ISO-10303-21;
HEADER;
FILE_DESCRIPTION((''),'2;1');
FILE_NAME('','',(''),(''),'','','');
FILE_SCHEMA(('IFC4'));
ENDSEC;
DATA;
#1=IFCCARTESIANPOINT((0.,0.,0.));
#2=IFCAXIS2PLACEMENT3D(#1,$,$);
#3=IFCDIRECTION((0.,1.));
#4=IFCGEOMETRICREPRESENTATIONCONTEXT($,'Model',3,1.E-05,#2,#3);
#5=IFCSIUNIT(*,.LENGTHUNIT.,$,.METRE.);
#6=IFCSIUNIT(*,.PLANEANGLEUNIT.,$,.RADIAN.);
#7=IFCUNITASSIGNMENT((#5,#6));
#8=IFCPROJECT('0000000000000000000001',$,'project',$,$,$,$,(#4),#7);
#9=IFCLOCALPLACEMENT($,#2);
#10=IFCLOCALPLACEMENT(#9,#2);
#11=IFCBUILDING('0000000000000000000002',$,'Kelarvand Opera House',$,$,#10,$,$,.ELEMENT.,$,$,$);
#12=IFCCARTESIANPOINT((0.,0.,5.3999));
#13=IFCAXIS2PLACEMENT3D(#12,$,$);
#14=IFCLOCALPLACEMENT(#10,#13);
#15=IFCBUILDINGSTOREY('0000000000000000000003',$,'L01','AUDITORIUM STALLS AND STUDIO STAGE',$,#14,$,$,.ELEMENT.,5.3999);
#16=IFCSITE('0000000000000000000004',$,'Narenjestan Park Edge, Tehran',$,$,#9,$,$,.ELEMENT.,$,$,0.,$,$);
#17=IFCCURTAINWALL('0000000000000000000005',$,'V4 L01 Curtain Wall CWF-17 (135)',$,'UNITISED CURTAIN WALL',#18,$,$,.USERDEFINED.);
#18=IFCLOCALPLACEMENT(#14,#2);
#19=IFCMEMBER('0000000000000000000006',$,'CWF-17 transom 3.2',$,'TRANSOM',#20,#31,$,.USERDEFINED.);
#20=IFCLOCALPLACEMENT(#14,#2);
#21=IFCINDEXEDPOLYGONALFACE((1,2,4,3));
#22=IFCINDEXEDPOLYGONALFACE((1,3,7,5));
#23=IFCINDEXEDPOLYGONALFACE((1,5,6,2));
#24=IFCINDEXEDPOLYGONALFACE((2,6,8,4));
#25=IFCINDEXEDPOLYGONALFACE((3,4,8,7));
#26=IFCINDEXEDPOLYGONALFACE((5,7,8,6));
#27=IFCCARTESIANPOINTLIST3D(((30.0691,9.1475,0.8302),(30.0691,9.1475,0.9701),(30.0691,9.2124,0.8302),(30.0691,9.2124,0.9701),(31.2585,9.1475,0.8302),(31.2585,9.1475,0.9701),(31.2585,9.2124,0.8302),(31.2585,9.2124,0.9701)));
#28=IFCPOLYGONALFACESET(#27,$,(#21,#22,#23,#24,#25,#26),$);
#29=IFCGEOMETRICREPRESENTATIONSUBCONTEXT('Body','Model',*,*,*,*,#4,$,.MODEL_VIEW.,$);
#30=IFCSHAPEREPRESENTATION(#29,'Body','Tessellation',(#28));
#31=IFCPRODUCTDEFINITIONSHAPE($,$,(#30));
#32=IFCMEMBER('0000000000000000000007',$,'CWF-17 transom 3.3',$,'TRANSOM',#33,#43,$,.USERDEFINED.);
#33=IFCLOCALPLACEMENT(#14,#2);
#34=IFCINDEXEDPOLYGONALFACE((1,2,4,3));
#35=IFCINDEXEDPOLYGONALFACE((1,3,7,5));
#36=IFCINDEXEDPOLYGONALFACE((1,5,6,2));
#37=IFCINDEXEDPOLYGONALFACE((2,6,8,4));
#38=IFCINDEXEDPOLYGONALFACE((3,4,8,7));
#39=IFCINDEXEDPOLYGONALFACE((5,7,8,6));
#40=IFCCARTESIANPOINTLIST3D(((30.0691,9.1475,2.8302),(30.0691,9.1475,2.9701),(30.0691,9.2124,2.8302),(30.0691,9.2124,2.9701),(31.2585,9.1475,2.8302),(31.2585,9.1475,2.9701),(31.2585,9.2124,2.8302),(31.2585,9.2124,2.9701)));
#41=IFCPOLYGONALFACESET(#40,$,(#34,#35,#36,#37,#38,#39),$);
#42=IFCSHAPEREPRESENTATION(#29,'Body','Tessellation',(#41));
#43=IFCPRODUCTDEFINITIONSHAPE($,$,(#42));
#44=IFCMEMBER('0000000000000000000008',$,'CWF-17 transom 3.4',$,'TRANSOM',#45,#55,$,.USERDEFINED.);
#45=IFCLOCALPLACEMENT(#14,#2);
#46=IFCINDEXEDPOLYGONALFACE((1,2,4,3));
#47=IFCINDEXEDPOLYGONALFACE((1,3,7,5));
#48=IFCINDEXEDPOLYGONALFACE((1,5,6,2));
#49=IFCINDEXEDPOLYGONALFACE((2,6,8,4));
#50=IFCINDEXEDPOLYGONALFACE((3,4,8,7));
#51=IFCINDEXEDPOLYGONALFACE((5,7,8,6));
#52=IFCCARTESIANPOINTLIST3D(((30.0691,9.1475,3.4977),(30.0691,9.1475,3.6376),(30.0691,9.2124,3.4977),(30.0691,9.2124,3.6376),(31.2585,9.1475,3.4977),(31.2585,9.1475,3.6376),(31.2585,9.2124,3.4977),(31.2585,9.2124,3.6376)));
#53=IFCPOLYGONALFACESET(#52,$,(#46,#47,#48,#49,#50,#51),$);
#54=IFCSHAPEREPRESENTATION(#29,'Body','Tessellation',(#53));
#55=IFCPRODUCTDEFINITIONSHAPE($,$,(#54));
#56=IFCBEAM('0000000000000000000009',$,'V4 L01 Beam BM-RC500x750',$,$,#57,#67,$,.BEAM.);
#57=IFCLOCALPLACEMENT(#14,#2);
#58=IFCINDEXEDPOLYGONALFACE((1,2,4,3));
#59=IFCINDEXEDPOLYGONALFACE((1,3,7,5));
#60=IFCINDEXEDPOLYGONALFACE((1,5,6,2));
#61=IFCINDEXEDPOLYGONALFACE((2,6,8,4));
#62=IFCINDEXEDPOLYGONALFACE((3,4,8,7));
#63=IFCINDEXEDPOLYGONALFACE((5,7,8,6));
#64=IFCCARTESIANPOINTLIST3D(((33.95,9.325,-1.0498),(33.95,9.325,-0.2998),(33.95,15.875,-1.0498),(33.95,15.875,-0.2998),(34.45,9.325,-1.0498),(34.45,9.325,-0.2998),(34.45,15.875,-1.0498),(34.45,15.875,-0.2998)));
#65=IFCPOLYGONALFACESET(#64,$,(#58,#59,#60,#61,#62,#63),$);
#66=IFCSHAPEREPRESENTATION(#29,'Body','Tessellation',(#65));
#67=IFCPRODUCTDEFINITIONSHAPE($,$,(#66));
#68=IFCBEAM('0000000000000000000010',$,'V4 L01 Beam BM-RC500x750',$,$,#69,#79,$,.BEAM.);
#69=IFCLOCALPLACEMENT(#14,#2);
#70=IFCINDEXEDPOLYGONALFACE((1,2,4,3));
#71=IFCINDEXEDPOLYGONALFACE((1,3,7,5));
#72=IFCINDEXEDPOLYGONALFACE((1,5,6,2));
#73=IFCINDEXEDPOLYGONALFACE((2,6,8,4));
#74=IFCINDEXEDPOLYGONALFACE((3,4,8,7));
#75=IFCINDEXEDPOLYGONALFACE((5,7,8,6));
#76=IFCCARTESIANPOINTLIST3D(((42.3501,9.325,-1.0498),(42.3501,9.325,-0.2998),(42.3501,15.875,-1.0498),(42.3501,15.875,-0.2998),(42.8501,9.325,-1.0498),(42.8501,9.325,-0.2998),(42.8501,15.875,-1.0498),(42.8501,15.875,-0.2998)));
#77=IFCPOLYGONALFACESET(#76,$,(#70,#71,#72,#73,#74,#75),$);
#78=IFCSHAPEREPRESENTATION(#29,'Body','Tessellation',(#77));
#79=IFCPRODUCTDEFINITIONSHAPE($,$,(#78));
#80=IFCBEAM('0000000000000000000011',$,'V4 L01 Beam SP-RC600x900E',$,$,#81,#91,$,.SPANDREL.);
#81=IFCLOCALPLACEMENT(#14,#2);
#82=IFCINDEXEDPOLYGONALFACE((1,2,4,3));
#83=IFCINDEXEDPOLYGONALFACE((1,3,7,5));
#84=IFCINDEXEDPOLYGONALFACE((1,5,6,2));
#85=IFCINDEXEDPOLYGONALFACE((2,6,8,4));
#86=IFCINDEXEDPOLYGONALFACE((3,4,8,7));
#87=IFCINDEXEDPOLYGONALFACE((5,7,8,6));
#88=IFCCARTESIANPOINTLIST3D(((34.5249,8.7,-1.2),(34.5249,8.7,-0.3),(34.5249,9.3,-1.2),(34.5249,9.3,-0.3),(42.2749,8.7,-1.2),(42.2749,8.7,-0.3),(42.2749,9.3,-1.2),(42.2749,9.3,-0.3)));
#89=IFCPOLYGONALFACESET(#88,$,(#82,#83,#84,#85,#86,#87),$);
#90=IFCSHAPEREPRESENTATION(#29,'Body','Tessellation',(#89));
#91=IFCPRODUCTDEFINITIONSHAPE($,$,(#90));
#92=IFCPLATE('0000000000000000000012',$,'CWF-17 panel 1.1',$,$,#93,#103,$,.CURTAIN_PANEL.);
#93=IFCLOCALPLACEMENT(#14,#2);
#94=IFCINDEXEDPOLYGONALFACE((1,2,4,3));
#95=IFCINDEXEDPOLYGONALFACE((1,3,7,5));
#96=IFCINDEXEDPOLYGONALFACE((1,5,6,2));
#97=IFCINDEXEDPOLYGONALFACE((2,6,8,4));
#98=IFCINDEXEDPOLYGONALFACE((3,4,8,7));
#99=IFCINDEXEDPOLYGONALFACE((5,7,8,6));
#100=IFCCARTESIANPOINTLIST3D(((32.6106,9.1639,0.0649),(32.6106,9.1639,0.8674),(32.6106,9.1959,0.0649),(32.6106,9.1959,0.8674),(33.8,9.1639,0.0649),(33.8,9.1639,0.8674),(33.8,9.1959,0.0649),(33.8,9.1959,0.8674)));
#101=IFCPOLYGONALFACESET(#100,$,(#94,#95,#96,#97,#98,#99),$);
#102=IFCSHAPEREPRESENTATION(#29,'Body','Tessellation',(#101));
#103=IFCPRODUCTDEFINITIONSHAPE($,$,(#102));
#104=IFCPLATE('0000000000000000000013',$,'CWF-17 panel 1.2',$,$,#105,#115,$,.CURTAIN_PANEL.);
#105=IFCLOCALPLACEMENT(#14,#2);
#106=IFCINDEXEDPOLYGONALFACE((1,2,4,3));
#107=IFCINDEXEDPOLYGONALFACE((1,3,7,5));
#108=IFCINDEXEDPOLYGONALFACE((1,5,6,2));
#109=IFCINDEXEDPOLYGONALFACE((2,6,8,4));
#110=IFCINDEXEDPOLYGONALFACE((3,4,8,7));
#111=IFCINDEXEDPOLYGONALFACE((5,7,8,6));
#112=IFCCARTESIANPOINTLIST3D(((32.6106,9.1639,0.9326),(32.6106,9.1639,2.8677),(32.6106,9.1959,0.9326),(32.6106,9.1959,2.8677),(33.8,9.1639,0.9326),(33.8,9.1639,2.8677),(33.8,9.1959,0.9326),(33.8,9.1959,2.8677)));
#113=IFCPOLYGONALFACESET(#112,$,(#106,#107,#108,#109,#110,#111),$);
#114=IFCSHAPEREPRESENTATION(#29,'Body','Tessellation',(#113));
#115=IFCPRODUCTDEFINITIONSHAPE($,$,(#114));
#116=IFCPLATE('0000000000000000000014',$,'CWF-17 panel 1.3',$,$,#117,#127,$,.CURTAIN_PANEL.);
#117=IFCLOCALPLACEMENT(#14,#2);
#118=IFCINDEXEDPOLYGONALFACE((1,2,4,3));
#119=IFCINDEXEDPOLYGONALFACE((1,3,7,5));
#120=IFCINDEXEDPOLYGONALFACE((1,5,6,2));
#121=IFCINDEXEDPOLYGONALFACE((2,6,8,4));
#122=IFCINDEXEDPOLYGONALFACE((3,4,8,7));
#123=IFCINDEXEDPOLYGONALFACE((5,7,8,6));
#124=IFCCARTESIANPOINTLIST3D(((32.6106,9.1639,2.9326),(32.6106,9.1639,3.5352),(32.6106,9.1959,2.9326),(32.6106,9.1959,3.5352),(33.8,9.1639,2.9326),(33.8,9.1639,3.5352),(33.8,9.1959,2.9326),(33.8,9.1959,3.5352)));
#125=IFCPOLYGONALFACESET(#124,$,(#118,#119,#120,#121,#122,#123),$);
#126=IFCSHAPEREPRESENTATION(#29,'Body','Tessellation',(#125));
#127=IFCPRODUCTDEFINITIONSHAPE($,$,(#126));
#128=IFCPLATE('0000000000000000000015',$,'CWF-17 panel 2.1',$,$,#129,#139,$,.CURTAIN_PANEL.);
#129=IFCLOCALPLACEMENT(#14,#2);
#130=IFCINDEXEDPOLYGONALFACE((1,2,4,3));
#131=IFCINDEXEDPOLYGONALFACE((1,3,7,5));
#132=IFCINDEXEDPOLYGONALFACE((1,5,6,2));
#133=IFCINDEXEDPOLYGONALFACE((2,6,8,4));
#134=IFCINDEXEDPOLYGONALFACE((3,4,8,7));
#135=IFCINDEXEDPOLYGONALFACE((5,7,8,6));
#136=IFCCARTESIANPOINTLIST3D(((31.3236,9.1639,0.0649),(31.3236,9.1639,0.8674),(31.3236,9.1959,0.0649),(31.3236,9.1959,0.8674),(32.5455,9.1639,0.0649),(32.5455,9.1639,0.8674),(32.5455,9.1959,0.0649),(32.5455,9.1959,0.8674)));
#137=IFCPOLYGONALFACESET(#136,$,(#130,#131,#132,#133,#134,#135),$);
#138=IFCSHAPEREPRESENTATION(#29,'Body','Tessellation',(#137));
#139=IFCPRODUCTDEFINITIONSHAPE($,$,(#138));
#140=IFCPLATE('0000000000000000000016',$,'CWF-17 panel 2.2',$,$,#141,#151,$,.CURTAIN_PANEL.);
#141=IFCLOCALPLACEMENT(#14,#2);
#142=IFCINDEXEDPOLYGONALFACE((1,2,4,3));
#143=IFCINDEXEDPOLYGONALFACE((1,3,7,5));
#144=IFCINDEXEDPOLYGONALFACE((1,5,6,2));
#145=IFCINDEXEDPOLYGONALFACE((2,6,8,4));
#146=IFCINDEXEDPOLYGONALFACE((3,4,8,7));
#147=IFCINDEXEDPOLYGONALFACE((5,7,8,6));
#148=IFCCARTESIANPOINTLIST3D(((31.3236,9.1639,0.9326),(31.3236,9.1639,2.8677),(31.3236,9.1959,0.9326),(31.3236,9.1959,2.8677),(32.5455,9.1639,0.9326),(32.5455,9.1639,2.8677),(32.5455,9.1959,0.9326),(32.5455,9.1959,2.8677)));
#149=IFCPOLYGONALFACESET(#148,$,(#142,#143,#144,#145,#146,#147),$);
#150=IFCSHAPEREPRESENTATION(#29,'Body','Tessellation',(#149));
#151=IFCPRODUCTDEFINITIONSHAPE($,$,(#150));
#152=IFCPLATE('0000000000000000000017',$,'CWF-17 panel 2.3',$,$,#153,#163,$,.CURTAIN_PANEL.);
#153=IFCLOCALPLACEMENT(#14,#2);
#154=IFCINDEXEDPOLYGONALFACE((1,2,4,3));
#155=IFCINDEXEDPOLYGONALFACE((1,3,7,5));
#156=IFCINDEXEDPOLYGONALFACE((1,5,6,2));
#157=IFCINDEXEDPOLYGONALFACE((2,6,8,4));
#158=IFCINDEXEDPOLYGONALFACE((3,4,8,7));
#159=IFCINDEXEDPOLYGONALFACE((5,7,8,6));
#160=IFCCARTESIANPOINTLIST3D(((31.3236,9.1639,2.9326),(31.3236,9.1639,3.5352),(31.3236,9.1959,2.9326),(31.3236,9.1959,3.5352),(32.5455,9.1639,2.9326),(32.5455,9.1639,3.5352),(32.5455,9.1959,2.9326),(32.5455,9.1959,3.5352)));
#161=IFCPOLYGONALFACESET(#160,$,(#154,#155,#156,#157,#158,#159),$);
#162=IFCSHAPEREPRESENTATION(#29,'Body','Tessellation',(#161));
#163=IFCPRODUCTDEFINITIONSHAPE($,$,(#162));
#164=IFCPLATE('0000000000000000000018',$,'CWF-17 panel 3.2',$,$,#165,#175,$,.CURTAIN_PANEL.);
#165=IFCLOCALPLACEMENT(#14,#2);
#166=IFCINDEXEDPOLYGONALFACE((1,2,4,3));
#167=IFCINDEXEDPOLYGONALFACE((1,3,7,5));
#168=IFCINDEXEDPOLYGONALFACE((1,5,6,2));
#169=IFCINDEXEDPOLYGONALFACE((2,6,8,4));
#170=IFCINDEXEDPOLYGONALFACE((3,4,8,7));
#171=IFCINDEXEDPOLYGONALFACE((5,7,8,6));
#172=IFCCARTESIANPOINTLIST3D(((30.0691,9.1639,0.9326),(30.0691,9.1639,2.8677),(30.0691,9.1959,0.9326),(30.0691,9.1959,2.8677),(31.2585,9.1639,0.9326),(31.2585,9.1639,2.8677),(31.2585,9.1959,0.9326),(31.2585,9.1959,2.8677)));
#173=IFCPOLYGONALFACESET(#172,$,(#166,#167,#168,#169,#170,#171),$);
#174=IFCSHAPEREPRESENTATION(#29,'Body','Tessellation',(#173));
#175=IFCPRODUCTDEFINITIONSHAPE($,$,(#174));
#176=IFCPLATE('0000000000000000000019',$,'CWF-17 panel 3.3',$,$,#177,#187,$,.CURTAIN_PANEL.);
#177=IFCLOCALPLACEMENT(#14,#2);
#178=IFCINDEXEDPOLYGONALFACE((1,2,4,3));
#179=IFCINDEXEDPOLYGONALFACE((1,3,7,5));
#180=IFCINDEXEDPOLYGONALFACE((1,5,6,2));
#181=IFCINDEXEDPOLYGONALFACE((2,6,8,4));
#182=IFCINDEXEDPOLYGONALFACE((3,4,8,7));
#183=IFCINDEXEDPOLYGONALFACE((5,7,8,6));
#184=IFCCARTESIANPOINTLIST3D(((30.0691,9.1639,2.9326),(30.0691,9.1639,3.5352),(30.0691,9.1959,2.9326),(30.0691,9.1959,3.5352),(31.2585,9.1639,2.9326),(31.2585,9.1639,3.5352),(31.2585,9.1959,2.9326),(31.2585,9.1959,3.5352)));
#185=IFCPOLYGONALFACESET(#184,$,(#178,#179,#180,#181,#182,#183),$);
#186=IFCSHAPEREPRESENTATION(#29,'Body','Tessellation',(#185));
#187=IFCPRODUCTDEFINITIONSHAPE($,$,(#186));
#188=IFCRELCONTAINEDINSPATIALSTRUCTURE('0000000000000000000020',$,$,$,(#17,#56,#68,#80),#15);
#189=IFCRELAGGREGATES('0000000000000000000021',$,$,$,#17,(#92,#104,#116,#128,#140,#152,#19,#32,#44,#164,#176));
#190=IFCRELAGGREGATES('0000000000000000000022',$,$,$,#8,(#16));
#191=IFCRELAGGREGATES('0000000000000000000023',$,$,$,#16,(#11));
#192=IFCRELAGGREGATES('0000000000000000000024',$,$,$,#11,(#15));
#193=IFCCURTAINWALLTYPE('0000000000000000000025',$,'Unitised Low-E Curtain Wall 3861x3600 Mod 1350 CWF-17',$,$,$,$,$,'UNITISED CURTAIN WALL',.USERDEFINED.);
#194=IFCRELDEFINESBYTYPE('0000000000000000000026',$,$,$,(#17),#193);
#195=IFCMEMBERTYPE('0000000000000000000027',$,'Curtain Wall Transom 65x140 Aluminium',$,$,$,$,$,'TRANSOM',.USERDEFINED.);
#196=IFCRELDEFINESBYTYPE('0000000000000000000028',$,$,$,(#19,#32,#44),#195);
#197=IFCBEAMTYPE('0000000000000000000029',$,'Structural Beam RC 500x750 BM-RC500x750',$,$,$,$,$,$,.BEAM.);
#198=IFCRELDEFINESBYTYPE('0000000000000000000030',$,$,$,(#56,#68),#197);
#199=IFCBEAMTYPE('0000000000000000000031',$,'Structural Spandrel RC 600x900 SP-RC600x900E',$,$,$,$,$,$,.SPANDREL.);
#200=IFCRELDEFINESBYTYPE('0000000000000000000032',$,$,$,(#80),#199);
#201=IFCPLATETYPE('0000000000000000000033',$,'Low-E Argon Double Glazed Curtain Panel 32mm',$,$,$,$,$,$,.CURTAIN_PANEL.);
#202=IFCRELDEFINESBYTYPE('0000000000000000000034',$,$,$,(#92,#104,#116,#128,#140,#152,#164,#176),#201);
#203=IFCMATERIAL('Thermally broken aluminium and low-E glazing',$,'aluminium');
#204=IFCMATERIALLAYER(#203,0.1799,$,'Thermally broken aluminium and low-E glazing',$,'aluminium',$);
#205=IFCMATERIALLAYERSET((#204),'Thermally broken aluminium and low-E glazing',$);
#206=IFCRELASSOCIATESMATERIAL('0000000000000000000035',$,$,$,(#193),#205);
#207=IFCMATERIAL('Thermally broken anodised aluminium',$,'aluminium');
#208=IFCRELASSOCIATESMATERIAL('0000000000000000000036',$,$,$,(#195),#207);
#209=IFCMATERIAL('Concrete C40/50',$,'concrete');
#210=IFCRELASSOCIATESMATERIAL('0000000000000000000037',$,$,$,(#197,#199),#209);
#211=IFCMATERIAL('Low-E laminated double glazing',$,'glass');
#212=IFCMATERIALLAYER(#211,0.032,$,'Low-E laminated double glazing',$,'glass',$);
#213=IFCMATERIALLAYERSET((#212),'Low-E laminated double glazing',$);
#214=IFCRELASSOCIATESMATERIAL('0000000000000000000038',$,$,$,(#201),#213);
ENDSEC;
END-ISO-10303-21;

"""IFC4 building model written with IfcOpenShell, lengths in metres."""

from ifc_helpers import new_model, si_unit, direction, frame, origin, origin_2d, place, context, subcontext, project, spatial, rectangle, extrude, material, layer, layer_set, material_profile, profile_set, type_object, element, aggregate, save


model = new_model("IFC4")

# Units and contexts
model_context = context("Model", 3, precision=1e-05, world=origin(), true_north=direction((0.0, 1.0)))
body_context = subcontext(model_context, "Body", "Model", "MODEL_VIEW")
ifc_project = project(units=[si_unit("LENGTHUNIT", "METRE"), si_unit("PLANEANGLEUNIT", "RADIAN")], contexts=[model_context])

# Site, building, storey
site_placement = place(None, origin())
site = spatial("IfcSite", under=ifc_project, at=site_placement, Name="Narenjestan Park Edge, Tehran", CompositionType="ELEMENT", RefElevation=0.0)
building_placement = place(site_placement, origin())
building = spatial("IfcBuilding", under=site, at=building_placement, Name="Kelarvand Opera House", CompositionType="ELEMENT")
storey_placement = place(building_placement, frame((0.0, 0.0, 5.3999)))
storey = spatial("IfcBuildingStorey", under=building, at=storey_placement, Name="L01", Description="AUDITORIUM STALLS AND STUDIO STAGE", CompositionType="ELEMENT", Elevation=5.3999)

# Shared definitions
ifc_material_1 = material(Name="Concrete C40/50", Category="concrete")

# Curtain wall, members
ifc_material_2 = material(Name="Thermally broken aluminium and low-E glazing", Category="aluminium")
ifc_layer_1 = layer(ifc_material_2, 0.1799, Name="Thermally broken aluminium and low-E glazing", Category="aluminium")
ifc_layer_set_1 = layer_set([ifc_layer_1], Name="Thermally broken aluminium and low-E glazing")
curtain_wall_type = type_object("IfcCurtainWallType", Name="Unitised Low-E Curtain Wall 3861x3600 Mod 1350 CWF-17", ElementType="UNITISED CURTAIN WALL", PredefinedType="USERDEFINED", material=ifc_layer_set_1)
curtain_wall_placement = place(storey_placement, origin())
curtain_wall = element("IfcCurtainWall", 1, at=curtain_wall_placement, inside=storey, type_object=curtain_wall_type, Name="V4 L01 Curtain Wall CWF-17 (135)", ObjectType="UNITISED CURTAIN WALL", PredefinedType="USERDEFINED")
ifc_material_3 = material(Name="Thermally broken anodised aluminium", Category="aluminium")
ifc_material_profile_1 = material_profile(ifc_material_3, rectangle(XDim=0.0649, YDim=0.1399, at=origin_2d()), Name="ALU TRANSOM 65x140", Category="aluminium")
ifc_profile_set_1 = profile_set([ifc_material_profile_1], Name="Thermally broken anodised aluminium")
member_type_1 = type_object("IfcMemberType", Name="Curtain Wall Transom 65x140 Aluminium", ElementType="TRANSOM", PredefinedType="USERDEFINED", material=ifc_profile_set_1)
member_1_placement = place(storey_placement, frame((31.2585, 9.1799, 0.9001), z_axis=(-1.0, 0.0, 0.0), x_axis=(0.0, -1.0, 0.0)))
member_1 = element("IfcMember", 2, at=member_1_placement, type_object=member_type_1, Name="CWF-17 transom 3.2", ObjectType="TRANSOM", PredefinedType="USERDEFINED", context=body_context, shape_type="SweptSolid", body=[
    extrude(rectangle(XDim=0.0649, YDim=0.1399, at=origin_2d()), origin(), (0.0, 0.0, 1.0), 1.1895),
])
member_2_placement = place(storey_placement, frame((31.2585, 9.1799, 2.9001), z_axis=(-1.0, 0.0, 0.0), x_axis=(0.0, -1.0, 0.0)))
member_2 = element("IfcMember", 3, at=member_2_placement, type_object=member_type_1, Name="CWF-17 transom 3.3", ObjectType="TRANSOM", PredefinedType="USERDEFINED", context=body_context, shape_type="SweptSolid", body=[
    extrude(rectangle(XDim=0.0649, YDim=0.1399, at=origin_2d()), origin(), (0.0, 0.0, 1.0), 1.1895),
])
member_3_placement = place(storey_placement, frame((31.2585, 9.1799, 3.5676), z_axis=(-1.0, 0.0, 0.0), x_axis=(0.0, -1.0, 0.0)))
member_3 = element("IfcMember", 4, at=member_3_placement, type_object=member_type_1, Name="CWF-17 transom 3.4", ObjectType="TRANSOM", PredefinedType="USERDEFINED", context=body_context, shape_type="SweptSolid", body=[
    extrude(rectangle(XDim=0.0649, YDim=0.1399, at=origin_2d()), origin(), (0.0, 0.0, 1.0), 1.1895),
])

# Beams
ifc_material_profile_2 = material_profile(ifc_material_1, rectangle(XDim=0.5, YDim=0.75, at=origin_2d()), Name="RC 500x750", Category="concrete")
ifc_profile_set_2 = profile_set([ifc_material_profile_2], Name="Concrete C40/50")
beam_type_1 = type_object("IfcBeamType", Name="Structural Beam RC 500x750 BM-RC500x750", PredefinedType="BEAM", material=ifc_profile_set_2)
for number, where, z_axis, x_axis, name in (
    (5, (34.2, 9.325, -0.6748), (0.0, 1.0, 0.0), (-1.0, 0.0, 0.0), "V4 L01 Beam BM-RC500x750"),
    (6, (42.6001, 9.325, -0.6748), (0.0, 1.0, 0.0), (-1.0, 0.0, 0.0), "V4 L01 Beam BM-RC500x750"),
):
    element("IfcBeam", number, at=place(storey_placement, frame(where, z_axis=z_axis, x_axis=x_axis)), inside=storey, type_object=beam_type_1, Name=name, PredefinedType="BEAM", context=body_context, shape_type="SweptSolid", body=[
        extrude(rectangle(XDim=0.5, YDim=0.75, at=origin_2d()), origin(), (0.0, 0.0, 1.0), 6.55),
    ])
ifc_material_profile_3 = material_profile(ifc_material_1, rectangle(XDim=0.6001, YDim=0.8999, at=origin_2d()), Name="RC 600x900", Category="concrete")
ifc_profile_set_3 = profile_set([ifc_material_profile_3], Name="Concrete C40/50")
beam_type_2 = type_object("IfcBeamType", Name="Structural Spandrel RC 600x900 SP-RC600x900E", PredefinedType="SPANDREL", material=ifc_profile_set_3)
beam_placement = place(storey_placement, frame((34.5249, 9.0, -0.75), z_axis=(1.0, 0.0, 0.0), x_axis=(0.0, 1.0, 0.0)))
element("IfcBeam", 7, at=beam_placement, inside=storey, type_object=beam_type_2, Name="V4 L01 Beam SP-RC600x900E", PredefinedType="SPANDREL", context=body_context, shape_type="SweptSolid", body=[
    extrude(rectangle(XDim=0.6001, YDim=0.8999, at=origin_2d()), origin(), (0.0, 0.0, 1.0), 7.75),
])

# Plates
ifc_material_4 = material(Name="Low-E laminated double glazing", Category="glass")
ifc_layer_2 = layer(ifc_material_4, 0.032, Name="Low-E laminated double glazing", Category="glass")
ifc_layer_set_2 = layer_set([ifc_layer_2], Name="Low-E laminated double glazing")
plate_type = type_object("IfcPlateType", Name="Low-E Argon Double Glazed Curtain Panel 32mm", PredefinedType="CURTAIN_PANEL", material=ifc_layer_set_2)
plate_1_placement = place(storey_placement, frame((33.2053, 9.1799, 0.0649), z_axis=(0.0, 0.0, 1.0), x_axis=(-1.0, 0.0, 0.0)))
plate_1 = element("IfcPlate", 8, at=plate_1_placement, type_object=plate_type, Name="CWF-17 panel 1.1", PredefinedType="CURTAIN_PANEL", context=body_context, shape_type="SweptSolid", body=[
    extrude(rectangle(XDim=1.1895, YDim=0.032, at=origin_2d()), origin(), (0.0, 0.0, 1.0), 0.8025),
])
plate_2_placement = place(storey_placement, frame((33.2053, 9.1799, 0.9326), z_axis=(0.0, 0.0, 1.0), x_axis=(-1.0, 0.0, 0.0)))
plate_2 = element("IfcPlate", 9, at=plate_2_placement, type_object=plate_type, Name="CWF-17 panel 1.2", PredefinedType="CURTAIN_PANEL", context=body_context, shape_type="SweptSolid", body=[
    extrude(rectangle(XDim=1.1895, YDim=0.032, at=origin_2d()), origin(), (0.0, 0.0, 1.0), 1.9351),
])
plate_3_placement = place(storey_placement, frame((33.2053, 9.1799, 2.9326), z_axis=(0.0, 0.0, 1.0), x_axis=(-1.0, 0.0, 0.0)))
plate_3 = element("IfcPlate", 10, at=plate_3_placement, type_object=plate_type, Name="CWF-17 panel 1.3", PredefinedType="CURTAIN_PANEL", context=body_context, shape_type="SweptSolid", body=[
    extrude(rectangle(XDim=1.1895, YDim=0.032, at=origin_2d()), origin(), (0.0, 0.0, 1.0), 0.6025),
])
plate_4_placement = place(storey_placement, frame((31.9346, 9.1799, 0.0649), z_axis=(0.0, 0.0, 1.0), x_axis=(-1.0, 0.0, 0.0)))
plate_4 = element("IfcPlate", 11, at=plate_4_placement, type_object=plate_type, Name="CWF-17 panel 2.1", PredefinedType="CURTAIN_PANEL", context=body_context, shape_type="SweptSolid", body=[
    extrude(rectangle(XDim=1.2219, YDim=0.032, at=origin_2d()), origin(), (0.0, 0.0, 1.0), 0.8025),
])
plate_5_placement = place(storey_placement, frame((31.9346, 9.1799, 0.9326), z_axis=(0.0, 0.0, 1.0), x_axis=(-1.0, 0.0, 0.0)))
plate_5 = element("IfcPlate", 12, at=plate_5_placement, type_object=plate_type, Name="CWF-17 panel 2.2", PredefinedType="CURTAIN_PANEL", context=body_context, shape_type="SweptSolid", body=[
    extrude(rectangle(XDim=1.2219, YDim=0.032, at=origin_2d()), origin(), (0.0, 0.0, 1.0), 1.9351),
])
plate_6_placement = place(storey_placement, frame((31.9346, 9.1799, 2.9326), z_axis=(0.0, 0.0, 1.0), x_axis=(-1.0, 0.0, 0.0)))
plate_6 = element("IfcPlate", 13, at=plate_6_placement, type_object=plate_type, Name="CWF-17 panel 2.3", PredefinedType="CURTAIN_PANEL", context=body_context, shape_type="SweptSolid", body=[
    extrude(rectangle(XDim=1.2219, YDim=0.032, at=origin_2d()), origin(), (0.0, 0.0, 1.0), 0.6025),
])
plate_7_placement = place(storey_placement, frame((30.6638, 9.1799, 0.9326), z_axis=(0.0, 0.0, 1.0), x_axis=(-1.0, 0.0, 0.0)))
plate_7 = element("IfcPlate", 14, at=plate_7_placement, type_object=plate_type, Name="CWF-17 panel 3.2", PredefinedType="CURTAIN_PANEL", context=body_context, shape_type="SweptSolid", body=[
    extrude(rectangle(XDim=1.1895, YDim=0.032, at=origin_2d()), origin(), (0.0, 0.0, 1.0), 1.9351),
])
plate_8_placement = place(storey_placement, frame((30.6638, 9.1799, 2.9326), z_axis=(0.0, 0.0, 1.0), x_axis=(-1.0, 0.0, 0.0)))
plate_8 = element("IfcPlate", 15, at=plate_8_placement, type_object=plate_type, Name="CWF-17 panel 3.3", PredefinedType="CURTAIN_PANEL", context=body_context, shape_type="SweptSolid", body=[
    extrude(rectangle(XDim=1.1895, YDim=0.032, at=origin_2d()), origin(), (0.0, 0.0, 1.0), 0.6025),
])
aggregate(curtain_wall, [plate_1, plate_2, plate_3, plate_4, plate_5, plate_6, member_1, member_2, member_3, plate_7, plate_8])

save(model, "model.ifc")
